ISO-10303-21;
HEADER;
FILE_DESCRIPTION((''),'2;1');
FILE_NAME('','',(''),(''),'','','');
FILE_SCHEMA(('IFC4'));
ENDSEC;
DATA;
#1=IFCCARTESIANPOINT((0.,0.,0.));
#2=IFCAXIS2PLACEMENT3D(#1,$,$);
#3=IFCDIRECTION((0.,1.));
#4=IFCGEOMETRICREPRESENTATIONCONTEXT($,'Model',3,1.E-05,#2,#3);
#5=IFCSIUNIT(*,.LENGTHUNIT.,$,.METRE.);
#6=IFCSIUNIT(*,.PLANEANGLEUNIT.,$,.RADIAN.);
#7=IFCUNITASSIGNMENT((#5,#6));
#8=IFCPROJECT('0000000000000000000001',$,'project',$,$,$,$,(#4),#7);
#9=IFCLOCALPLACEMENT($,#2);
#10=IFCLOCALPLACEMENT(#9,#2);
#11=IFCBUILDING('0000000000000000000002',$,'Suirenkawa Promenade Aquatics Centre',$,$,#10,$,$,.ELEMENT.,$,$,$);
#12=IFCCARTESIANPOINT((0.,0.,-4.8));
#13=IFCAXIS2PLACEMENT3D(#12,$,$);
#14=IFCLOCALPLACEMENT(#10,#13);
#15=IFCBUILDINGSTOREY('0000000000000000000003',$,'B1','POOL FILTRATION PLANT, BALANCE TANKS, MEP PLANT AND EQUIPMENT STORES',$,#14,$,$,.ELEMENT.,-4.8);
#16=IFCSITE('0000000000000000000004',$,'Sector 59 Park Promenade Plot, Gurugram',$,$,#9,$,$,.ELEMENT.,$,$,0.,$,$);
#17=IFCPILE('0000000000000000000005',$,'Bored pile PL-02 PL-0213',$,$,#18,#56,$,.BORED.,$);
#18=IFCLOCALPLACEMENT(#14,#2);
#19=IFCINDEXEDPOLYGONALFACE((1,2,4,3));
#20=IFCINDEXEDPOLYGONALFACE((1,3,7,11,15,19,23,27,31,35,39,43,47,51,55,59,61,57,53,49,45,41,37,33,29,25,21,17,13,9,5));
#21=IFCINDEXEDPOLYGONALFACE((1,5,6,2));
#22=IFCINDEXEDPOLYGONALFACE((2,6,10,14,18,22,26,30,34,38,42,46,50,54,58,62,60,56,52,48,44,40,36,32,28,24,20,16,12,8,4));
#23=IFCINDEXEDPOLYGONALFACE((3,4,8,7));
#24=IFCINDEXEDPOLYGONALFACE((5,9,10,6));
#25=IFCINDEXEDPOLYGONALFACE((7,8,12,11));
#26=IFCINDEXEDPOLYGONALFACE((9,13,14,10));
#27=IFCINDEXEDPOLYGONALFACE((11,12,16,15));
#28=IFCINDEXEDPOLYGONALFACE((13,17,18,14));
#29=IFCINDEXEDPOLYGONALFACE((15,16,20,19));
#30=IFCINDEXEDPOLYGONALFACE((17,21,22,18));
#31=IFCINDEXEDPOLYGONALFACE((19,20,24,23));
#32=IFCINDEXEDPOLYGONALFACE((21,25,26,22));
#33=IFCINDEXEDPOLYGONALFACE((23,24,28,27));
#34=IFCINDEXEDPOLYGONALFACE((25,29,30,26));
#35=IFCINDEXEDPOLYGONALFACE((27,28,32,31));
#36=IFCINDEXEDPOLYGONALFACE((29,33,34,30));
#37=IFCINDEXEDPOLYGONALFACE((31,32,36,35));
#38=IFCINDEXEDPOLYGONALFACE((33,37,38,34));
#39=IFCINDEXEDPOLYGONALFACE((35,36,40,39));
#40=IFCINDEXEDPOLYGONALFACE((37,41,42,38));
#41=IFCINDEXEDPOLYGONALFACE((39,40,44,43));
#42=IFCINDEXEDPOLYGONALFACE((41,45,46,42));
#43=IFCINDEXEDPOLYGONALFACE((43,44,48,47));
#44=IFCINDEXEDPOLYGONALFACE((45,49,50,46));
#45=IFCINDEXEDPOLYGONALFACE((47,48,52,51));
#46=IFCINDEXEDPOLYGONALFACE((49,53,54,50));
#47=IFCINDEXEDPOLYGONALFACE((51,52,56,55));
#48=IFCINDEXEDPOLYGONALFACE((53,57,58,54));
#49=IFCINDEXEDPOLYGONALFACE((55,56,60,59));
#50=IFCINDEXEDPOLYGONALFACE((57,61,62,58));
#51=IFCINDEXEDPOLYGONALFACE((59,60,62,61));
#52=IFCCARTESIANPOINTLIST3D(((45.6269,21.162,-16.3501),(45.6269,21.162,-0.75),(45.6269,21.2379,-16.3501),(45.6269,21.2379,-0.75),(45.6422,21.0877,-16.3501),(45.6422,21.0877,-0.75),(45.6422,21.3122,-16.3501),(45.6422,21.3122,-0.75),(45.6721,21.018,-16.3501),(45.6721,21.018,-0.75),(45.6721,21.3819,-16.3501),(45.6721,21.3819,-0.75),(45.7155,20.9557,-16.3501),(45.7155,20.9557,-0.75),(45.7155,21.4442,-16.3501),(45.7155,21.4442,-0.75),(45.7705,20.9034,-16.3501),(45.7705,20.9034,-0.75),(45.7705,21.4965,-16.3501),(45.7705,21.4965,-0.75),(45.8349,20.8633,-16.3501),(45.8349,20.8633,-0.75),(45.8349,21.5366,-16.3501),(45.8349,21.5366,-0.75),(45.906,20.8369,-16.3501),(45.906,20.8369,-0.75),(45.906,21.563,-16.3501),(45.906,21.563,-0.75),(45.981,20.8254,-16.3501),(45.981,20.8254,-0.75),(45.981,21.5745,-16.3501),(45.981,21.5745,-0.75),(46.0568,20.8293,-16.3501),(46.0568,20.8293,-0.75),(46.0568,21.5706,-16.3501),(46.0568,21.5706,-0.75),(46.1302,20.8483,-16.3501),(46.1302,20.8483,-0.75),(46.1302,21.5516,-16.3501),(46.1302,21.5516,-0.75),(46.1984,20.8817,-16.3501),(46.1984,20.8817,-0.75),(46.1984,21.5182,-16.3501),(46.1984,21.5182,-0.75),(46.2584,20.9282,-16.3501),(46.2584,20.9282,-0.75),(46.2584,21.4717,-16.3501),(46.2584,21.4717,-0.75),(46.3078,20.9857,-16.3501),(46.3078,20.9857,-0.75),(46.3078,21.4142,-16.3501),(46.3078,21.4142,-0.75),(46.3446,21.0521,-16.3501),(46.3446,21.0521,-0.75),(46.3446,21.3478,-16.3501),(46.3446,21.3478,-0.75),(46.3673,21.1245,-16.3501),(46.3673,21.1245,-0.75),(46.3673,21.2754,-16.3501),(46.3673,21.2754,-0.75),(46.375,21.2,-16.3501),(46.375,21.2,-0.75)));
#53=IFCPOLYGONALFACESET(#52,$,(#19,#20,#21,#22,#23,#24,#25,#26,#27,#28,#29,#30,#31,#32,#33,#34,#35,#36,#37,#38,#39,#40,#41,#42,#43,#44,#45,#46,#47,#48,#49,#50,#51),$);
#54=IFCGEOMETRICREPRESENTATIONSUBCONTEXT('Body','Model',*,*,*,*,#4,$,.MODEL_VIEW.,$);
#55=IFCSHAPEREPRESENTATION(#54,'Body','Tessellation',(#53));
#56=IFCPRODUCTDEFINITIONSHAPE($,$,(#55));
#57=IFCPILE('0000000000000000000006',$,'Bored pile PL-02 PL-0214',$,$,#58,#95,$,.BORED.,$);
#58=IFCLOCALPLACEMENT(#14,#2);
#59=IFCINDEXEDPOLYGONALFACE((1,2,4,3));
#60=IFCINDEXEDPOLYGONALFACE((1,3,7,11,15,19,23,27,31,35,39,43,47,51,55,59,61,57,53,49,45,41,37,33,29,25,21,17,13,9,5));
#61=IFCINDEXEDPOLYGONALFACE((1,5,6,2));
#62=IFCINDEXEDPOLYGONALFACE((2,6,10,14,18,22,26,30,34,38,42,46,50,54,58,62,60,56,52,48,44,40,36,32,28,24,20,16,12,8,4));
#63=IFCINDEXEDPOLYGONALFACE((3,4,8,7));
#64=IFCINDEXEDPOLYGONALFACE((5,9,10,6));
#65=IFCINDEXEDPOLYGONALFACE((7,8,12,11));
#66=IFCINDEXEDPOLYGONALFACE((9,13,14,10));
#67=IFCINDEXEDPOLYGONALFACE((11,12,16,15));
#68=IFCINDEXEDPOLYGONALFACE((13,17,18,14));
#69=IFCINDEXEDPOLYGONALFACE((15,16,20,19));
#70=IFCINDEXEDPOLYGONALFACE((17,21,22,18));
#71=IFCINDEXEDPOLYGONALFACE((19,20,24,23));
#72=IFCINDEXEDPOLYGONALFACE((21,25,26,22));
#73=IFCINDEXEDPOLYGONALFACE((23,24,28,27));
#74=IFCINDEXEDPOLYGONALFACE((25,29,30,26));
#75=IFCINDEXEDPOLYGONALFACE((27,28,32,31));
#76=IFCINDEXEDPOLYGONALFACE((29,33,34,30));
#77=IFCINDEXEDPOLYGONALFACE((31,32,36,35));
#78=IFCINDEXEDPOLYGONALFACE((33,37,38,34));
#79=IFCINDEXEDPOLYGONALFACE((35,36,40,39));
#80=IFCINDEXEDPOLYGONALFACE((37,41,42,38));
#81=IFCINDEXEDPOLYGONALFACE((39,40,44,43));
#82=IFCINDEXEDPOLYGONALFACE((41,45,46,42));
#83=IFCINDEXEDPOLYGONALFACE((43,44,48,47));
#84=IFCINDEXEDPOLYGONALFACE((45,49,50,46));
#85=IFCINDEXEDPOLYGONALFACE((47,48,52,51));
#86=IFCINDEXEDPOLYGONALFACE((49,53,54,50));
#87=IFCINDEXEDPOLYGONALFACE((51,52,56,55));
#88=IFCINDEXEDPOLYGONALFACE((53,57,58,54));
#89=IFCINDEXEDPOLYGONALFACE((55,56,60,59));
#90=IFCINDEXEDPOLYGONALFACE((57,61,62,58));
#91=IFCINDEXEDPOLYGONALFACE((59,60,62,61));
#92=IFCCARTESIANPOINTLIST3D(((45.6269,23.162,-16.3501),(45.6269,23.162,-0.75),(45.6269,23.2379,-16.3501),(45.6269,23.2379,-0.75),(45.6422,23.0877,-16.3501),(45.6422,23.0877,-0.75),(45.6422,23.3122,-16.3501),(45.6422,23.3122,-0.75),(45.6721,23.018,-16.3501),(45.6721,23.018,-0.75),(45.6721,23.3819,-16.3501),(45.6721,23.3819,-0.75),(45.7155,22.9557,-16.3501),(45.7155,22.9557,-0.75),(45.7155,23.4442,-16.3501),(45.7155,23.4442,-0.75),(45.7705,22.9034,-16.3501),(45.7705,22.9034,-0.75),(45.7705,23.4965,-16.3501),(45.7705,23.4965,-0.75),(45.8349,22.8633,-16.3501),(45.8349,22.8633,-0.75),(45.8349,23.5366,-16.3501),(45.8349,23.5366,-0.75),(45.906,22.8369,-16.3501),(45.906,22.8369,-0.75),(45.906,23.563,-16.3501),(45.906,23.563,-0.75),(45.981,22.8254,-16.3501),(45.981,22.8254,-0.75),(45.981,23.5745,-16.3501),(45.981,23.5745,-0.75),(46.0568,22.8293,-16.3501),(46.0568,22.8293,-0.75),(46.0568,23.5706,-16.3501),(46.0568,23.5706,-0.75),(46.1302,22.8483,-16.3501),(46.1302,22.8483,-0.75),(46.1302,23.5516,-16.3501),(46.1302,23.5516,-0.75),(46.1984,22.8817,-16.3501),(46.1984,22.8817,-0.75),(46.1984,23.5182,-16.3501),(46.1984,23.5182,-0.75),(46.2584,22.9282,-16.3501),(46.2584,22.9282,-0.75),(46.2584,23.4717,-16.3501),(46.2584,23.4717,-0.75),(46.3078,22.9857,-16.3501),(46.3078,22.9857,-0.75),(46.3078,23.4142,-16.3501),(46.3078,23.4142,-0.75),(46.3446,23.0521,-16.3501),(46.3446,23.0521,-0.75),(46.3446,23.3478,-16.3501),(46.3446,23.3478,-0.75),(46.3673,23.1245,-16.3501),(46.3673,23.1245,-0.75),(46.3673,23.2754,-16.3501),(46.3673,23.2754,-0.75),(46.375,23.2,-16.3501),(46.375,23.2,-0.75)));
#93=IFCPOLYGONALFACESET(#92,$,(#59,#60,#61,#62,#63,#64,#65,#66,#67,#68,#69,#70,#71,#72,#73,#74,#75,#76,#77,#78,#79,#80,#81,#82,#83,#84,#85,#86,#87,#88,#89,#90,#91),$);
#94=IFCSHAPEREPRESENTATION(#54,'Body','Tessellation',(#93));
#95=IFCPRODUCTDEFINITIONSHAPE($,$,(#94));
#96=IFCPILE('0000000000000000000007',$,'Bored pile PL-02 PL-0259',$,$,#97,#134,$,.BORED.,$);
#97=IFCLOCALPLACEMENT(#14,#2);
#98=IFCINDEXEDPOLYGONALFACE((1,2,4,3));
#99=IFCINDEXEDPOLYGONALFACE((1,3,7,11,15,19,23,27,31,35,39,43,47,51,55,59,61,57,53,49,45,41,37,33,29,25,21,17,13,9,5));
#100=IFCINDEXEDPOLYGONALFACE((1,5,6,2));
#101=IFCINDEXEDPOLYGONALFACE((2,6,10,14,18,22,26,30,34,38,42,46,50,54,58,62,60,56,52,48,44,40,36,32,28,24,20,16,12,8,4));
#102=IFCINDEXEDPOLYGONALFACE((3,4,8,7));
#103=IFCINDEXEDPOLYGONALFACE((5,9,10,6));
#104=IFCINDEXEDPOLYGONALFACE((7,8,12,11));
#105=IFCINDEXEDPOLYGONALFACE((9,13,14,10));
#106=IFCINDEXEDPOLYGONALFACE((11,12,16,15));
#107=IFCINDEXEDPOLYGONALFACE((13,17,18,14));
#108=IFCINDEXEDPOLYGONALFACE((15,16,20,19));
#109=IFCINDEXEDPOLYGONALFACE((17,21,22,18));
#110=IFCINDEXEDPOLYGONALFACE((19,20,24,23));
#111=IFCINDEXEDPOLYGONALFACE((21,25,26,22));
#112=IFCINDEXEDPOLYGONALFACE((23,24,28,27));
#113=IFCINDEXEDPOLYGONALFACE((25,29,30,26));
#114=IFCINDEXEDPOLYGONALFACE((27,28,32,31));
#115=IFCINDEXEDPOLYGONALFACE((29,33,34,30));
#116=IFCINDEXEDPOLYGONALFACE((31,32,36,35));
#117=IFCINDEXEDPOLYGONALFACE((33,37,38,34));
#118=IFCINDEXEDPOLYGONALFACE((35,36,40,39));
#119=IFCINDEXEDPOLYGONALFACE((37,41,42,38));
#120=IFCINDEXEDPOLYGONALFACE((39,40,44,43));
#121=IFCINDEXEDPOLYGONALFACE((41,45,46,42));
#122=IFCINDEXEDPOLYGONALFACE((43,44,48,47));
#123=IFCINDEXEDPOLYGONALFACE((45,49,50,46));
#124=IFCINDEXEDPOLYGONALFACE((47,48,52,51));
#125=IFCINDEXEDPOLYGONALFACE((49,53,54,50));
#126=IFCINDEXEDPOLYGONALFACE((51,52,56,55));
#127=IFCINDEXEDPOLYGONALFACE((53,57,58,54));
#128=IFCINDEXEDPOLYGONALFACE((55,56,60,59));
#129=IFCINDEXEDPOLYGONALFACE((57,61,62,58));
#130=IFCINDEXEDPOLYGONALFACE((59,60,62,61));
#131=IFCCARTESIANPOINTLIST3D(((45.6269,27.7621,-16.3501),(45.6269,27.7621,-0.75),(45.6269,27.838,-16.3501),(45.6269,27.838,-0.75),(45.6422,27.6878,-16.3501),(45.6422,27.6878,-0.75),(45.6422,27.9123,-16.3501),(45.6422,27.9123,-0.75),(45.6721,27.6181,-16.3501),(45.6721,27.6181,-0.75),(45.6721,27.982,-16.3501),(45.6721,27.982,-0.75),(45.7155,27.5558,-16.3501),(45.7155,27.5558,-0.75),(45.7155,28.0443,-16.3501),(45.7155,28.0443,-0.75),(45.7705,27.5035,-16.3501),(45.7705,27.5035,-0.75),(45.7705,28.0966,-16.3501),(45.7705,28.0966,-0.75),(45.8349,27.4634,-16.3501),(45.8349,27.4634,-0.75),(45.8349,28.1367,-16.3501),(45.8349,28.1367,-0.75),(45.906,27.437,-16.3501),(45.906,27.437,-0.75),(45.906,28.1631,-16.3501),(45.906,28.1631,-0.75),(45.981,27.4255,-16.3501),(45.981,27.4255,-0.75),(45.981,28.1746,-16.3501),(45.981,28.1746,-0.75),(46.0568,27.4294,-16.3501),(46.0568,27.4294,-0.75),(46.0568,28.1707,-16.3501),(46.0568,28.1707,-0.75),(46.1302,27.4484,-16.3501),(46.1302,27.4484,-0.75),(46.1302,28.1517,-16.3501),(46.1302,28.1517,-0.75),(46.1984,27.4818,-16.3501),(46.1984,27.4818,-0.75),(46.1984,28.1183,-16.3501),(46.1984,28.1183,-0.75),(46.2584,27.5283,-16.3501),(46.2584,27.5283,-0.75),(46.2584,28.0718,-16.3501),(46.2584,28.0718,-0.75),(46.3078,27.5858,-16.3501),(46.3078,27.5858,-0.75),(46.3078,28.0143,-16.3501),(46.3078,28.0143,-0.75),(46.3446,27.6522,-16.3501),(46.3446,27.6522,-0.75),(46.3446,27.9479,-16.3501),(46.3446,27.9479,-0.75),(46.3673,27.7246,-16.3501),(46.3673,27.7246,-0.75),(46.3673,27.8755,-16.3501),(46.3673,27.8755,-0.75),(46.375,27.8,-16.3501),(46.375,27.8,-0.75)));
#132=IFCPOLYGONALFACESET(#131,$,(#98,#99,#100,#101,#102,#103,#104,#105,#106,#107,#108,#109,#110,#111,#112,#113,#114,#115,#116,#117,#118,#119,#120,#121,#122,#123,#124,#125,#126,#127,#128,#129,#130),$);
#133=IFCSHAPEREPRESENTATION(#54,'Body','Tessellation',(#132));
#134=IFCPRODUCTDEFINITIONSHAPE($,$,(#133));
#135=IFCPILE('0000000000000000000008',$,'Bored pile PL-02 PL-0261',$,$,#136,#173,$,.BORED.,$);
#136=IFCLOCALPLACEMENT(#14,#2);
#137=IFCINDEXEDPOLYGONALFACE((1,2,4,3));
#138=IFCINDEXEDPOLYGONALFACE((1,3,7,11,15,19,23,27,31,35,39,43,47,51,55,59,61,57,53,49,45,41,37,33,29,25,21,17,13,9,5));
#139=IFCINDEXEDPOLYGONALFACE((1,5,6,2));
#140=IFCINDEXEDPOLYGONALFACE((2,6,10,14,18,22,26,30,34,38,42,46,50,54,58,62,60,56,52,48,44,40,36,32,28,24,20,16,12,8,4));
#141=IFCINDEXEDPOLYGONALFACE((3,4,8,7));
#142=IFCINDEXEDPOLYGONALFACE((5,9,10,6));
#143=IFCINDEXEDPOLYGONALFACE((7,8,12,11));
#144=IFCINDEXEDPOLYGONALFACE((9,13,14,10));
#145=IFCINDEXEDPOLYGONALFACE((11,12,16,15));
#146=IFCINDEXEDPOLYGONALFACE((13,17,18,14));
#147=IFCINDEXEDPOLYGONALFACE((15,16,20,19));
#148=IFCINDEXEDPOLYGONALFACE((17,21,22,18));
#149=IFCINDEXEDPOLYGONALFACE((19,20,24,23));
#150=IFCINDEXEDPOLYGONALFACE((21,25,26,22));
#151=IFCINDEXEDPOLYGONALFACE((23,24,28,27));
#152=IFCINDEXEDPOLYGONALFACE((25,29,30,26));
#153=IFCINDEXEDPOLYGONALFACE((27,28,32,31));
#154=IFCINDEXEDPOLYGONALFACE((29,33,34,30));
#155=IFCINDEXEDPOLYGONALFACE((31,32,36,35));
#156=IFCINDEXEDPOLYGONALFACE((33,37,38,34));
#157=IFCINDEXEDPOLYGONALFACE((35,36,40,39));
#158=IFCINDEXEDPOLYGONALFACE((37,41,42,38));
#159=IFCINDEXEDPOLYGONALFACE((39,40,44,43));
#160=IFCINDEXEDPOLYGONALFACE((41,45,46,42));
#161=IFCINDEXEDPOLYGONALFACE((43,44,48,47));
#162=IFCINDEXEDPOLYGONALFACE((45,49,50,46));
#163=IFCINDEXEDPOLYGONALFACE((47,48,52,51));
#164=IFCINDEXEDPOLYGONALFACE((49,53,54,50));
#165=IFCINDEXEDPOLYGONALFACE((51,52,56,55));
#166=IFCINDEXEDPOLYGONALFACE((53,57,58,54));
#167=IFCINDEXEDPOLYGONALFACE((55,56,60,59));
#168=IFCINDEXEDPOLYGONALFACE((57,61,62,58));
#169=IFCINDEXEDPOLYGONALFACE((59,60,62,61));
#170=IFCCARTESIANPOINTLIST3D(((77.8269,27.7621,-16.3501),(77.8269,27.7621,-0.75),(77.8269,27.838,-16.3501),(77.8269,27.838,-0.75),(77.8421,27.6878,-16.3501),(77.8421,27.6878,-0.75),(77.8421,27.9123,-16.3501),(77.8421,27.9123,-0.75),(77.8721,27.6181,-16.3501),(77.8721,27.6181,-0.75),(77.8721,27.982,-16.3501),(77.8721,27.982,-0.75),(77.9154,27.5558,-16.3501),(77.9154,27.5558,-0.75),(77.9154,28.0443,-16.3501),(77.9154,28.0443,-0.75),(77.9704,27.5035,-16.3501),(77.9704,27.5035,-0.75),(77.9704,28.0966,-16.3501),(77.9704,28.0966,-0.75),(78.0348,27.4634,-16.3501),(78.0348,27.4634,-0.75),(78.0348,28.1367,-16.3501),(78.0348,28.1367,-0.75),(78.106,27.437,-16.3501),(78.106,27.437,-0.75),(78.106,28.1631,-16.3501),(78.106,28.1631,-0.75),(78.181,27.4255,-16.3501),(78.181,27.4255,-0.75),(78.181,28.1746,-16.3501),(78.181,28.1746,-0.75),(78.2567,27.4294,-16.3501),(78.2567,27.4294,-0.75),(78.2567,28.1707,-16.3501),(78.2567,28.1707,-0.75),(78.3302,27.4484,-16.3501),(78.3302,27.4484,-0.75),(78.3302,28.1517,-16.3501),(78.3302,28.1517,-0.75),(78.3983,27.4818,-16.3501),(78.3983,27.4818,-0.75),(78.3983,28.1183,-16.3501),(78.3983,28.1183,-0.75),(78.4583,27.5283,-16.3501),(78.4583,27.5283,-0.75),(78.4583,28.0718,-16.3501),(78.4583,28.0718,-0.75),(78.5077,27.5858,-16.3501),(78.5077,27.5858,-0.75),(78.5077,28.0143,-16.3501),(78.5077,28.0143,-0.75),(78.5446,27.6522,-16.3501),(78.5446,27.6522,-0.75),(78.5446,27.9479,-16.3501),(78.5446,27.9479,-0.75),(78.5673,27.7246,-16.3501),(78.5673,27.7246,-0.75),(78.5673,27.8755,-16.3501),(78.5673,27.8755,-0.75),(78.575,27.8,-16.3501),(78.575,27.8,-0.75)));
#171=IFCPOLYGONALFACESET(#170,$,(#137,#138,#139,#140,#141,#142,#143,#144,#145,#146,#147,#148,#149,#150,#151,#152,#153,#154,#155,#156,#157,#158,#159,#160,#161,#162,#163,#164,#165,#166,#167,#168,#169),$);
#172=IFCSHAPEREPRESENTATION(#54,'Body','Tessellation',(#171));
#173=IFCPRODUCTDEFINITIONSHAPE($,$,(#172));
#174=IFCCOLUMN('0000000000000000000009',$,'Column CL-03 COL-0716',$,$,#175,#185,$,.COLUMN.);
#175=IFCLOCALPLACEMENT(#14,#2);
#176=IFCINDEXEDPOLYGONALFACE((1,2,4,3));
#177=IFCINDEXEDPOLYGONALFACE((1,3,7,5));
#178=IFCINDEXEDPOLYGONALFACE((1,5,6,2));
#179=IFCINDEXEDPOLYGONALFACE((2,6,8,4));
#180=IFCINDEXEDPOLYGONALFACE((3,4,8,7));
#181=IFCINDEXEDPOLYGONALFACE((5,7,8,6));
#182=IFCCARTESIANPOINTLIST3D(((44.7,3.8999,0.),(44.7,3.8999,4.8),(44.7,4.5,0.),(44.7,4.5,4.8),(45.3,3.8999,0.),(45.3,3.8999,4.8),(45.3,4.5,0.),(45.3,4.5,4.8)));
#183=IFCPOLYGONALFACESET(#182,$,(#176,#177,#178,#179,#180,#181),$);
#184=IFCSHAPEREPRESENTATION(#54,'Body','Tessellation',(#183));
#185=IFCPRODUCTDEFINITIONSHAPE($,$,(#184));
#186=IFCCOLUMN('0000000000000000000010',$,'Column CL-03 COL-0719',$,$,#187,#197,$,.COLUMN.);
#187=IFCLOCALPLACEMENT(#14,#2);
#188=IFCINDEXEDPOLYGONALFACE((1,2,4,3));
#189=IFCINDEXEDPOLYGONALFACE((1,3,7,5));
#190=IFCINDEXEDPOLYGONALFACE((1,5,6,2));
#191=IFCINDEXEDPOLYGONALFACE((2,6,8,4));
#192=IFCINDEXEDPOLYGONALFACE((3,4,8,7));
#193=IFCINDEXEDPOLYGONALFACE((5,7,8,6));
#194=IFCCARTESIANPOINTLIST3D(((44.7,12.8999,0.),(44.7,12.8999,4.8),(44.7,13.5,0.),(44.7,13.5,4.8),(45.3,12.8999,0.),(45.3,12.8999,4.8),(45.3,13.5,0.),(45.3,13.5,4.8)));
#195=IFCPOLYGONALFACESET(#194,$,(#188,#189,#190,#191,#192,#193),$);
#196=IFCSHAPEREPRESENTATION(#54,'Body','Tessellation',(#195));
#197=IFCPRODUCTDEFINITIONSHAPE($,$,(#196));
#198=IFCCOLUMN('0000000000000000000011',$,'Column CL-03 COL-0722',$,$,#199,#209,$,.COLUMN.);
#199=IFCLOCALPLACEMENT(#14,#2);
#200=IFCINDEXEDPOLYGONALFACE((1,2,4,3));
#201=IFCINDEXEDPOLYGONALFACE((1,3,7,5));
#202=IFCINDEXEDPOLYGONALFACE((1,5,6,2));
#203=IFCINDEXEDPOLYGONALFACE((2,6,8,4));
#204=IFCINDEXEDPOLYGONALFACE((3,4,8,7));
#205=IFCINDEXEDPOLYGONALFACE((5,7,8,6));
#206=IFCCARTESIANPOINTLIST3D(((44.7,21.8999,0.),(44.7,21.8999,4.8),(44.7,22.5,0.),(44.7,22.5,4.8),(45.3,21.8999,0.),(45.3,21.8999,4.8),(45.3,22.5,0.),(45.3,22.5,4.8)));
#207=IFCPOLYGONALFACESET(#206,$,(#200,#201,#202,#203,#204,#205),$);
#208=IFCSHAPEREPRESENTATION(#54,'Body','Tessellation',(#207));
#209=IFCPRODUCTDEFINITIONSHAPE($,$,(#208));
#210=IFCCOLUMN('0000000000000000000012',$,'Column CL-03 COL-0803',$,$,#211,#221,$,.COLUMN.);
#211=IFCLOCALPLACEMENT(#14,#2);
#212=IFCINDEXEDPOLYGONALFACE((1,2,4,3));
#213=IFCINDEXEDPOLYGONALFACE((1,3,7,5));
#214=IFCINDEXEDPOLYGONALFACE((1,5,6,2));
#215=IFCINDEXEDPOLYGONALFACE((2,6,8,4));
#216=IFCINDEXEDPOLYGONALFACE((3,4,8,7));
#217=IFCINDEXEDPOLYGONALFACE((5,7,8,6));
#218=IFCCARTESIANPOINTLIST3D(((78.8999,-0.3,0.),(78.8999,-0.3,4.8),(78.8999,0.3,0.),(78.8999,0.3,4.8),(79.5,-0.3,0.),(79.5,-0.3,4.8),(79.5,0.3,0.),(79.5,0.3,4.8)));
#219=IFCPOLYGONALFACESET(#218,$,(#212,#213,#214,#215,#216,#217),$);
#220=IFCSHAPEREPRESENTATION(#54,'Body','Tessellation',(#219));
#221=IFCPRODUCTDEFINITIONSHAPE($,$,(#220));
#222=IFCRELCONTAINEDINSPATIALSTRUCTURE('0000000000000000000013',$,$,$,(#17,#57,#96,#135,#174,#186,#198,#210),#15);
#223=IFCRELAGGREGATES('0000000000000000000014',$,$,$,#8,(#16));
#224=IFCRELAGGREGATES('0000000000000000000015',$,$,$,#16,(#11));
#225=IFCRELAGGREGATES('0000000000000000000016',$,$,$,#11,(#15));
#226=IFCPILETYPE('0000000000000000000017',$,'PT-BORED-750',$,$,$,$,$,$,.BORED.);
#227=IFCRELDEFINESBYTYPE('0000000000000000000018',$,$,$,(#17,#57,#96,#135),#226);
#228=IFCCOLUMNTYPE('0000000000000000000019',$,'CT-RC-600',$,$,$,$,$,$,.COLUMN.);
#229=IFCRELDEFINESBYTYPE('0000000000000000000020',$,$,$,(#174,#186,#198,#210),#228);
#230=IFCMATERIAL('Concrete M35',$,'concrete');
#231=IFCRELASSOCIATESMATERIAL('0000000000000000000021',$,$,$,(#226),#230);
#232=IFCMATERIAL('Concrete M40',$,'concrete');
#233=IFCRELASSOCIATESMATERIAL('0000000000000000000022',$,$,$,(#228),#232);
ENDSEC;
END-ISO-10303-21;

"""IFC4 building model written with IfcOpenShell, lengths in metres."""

from ifc_helpers import new_model, si_unit, direction, frame, origin, origin_2d, place, context, subcontext, project, spatial, rectangle, circle, extrude, material, material_profile, profile_set, type_object, element, save


model = new_model("IFC4")

# Units and contexts
model_context = context("Model", 3, precision=1e-05, world=origin(), true_north=direction((0.0, 1.0)))
body_context = subcontext(model_context, "Body", "Model", "MODEL_VIEW")
ifc_project = project(units=[si_unit("LENGTHUNIT", "METRE"), si_unit("PLANEANGLEUNIT", "RADIAN")], contexts=[model_context])

# Site, building, storey
site_placement = place(None, origin())
site = spatial("IfcSite", under=ifc_project, at=site_placement, Name="Sector 59 Park Promenade Plot, Gurugram", CompositionType="ELEMENT", RefElevation=0.0)
building_placement = place(site_placement, origin())
building = spatial("IfcBuilding", under=site, at=building_placement, Name="Suirenkawa Promenade Aquatics Centre", CompositionType="ELEMENT")
storey_placement = place(building_placement, frame((0.0, 0.0, -4.8)))
storey = spatial("IfcBuildingStorey", under=building, at=storey_placement, Name="B1", Description="POOL FILTRATION PLANT, BALANCE TANKS, MEP PLANT AND EQUIPMENT STORES", CompositionType="ELEMENT", Elevation=-4.8)

# Shared definitions
ifc_material_1 = material(Name="Concrete M35", Category="concrete")

# Piles
ifc_material_profile_1 = material_profile(ifc_material_1, circle(Radius=0.375, at=origin_2d()), Name="PILE D750", Category="concrete")
ifc_profile_set_1 = profile_set([ifc_material_profile_1], Name="Concrete M35")
pile_type_1 = type_object("IfcPileType", Name="PT-BORED-750", PredefinedType="BORED", material=ifc_profile_set_1)
for number, where, z_axis, x_axis, name in (
    (1, (46.0, 21.2, -0.75), (0.0, 0.0, -1.0), (1.0, 0.0, 0.0), "Bored pile PL-02 PL-0213"),
    (2, (46.0, 23.2, -0.75), (0.0, 0.0, -1.0), (1.0, 0.0, 0.0), "Bored pile PL-02 PL-0214"),
    (3, (46.0, 27.8, -0.75), (0.0, 0.0, -1.0), (1.0, 0.0, 0.0), "Bored pile PL-02 PL-0259"),
    (4, (78.2, 27.8, -0.75), (0.0, 0.0, -1.0), (1.0, 0.0, 0.0), "Bored pile PL-02 PL-0261"),
):
    element("IfcPile", number, at=place(storey_placement, frame(where, z_axis=z_axis, x_axis=x_axis)), inside=storey, type_object=pile_type_1, Name=name, PredefinedType="BORED", context=body_context, shape_type="SweptSolid", body=[
        extrude(circle(Radius=0.375, at=origin_2d()), origin(), (0.0, 0.0, 1.0), 15.6001),
    ])

# Columns
ifc_material_2 = material(Name="Concrete M40", Category="concrete")
ifc_material_profile_2 = material_profile(ifc_material_2, rectangle(XDim=0.6001, YDim=0.6001, at=origin_2d()), Name="RC COL 600x600", Category="concrete")
ifc_profile_set_2 = profile_set([ifc_material_profile_2], Name="Concrete M40")
column_type = type_object("IfcColumnType", Name="CT-RC-600", PredefinedType="COLUMN", material=ifc_profile_set_2)
for number, where, z_axis, x_axis, name in (
    (5, (45.0, 4.2, 0.0), (0.0, 0.0, 1.0), (1.0, 0.0, 0.0), "Column CL-03 COL-0716"),
    (6, (45.0, 13.2, 0.0), (0.0, 0.0, 1.0), (1.0, 0.0, 0.0), "Column CL-03 COL-0719"),
    (7, (45.0, 22.2, 0.0), (0.0, 0.0, 1.0), (1.0, 0.0, 0.0), "Column CL-03 COL-0722"),
    (8, (79.2, 0.0, 0.0), (0.0, 0.0, 1.0), (1.0, 0.0, 0.0), "Column CL-03 COL-0803"),
):
    element("IfcColumn", number, at=place(storey_placement, frame(where, z_axis=z_axis, x_axis=x_axis)), inside=storey, type_object=column_type, Name=name, PredefinedType="COLUMN", context=body_context, shape_type="SweptSolid", body=[
        extrude(rectangle(XDim=0.6001, YDim=0.6001, at=origin_2d()), origin(), (0.0, 0.0, 1.0), 4.8),
    ])

save(model, "model.ifc")
